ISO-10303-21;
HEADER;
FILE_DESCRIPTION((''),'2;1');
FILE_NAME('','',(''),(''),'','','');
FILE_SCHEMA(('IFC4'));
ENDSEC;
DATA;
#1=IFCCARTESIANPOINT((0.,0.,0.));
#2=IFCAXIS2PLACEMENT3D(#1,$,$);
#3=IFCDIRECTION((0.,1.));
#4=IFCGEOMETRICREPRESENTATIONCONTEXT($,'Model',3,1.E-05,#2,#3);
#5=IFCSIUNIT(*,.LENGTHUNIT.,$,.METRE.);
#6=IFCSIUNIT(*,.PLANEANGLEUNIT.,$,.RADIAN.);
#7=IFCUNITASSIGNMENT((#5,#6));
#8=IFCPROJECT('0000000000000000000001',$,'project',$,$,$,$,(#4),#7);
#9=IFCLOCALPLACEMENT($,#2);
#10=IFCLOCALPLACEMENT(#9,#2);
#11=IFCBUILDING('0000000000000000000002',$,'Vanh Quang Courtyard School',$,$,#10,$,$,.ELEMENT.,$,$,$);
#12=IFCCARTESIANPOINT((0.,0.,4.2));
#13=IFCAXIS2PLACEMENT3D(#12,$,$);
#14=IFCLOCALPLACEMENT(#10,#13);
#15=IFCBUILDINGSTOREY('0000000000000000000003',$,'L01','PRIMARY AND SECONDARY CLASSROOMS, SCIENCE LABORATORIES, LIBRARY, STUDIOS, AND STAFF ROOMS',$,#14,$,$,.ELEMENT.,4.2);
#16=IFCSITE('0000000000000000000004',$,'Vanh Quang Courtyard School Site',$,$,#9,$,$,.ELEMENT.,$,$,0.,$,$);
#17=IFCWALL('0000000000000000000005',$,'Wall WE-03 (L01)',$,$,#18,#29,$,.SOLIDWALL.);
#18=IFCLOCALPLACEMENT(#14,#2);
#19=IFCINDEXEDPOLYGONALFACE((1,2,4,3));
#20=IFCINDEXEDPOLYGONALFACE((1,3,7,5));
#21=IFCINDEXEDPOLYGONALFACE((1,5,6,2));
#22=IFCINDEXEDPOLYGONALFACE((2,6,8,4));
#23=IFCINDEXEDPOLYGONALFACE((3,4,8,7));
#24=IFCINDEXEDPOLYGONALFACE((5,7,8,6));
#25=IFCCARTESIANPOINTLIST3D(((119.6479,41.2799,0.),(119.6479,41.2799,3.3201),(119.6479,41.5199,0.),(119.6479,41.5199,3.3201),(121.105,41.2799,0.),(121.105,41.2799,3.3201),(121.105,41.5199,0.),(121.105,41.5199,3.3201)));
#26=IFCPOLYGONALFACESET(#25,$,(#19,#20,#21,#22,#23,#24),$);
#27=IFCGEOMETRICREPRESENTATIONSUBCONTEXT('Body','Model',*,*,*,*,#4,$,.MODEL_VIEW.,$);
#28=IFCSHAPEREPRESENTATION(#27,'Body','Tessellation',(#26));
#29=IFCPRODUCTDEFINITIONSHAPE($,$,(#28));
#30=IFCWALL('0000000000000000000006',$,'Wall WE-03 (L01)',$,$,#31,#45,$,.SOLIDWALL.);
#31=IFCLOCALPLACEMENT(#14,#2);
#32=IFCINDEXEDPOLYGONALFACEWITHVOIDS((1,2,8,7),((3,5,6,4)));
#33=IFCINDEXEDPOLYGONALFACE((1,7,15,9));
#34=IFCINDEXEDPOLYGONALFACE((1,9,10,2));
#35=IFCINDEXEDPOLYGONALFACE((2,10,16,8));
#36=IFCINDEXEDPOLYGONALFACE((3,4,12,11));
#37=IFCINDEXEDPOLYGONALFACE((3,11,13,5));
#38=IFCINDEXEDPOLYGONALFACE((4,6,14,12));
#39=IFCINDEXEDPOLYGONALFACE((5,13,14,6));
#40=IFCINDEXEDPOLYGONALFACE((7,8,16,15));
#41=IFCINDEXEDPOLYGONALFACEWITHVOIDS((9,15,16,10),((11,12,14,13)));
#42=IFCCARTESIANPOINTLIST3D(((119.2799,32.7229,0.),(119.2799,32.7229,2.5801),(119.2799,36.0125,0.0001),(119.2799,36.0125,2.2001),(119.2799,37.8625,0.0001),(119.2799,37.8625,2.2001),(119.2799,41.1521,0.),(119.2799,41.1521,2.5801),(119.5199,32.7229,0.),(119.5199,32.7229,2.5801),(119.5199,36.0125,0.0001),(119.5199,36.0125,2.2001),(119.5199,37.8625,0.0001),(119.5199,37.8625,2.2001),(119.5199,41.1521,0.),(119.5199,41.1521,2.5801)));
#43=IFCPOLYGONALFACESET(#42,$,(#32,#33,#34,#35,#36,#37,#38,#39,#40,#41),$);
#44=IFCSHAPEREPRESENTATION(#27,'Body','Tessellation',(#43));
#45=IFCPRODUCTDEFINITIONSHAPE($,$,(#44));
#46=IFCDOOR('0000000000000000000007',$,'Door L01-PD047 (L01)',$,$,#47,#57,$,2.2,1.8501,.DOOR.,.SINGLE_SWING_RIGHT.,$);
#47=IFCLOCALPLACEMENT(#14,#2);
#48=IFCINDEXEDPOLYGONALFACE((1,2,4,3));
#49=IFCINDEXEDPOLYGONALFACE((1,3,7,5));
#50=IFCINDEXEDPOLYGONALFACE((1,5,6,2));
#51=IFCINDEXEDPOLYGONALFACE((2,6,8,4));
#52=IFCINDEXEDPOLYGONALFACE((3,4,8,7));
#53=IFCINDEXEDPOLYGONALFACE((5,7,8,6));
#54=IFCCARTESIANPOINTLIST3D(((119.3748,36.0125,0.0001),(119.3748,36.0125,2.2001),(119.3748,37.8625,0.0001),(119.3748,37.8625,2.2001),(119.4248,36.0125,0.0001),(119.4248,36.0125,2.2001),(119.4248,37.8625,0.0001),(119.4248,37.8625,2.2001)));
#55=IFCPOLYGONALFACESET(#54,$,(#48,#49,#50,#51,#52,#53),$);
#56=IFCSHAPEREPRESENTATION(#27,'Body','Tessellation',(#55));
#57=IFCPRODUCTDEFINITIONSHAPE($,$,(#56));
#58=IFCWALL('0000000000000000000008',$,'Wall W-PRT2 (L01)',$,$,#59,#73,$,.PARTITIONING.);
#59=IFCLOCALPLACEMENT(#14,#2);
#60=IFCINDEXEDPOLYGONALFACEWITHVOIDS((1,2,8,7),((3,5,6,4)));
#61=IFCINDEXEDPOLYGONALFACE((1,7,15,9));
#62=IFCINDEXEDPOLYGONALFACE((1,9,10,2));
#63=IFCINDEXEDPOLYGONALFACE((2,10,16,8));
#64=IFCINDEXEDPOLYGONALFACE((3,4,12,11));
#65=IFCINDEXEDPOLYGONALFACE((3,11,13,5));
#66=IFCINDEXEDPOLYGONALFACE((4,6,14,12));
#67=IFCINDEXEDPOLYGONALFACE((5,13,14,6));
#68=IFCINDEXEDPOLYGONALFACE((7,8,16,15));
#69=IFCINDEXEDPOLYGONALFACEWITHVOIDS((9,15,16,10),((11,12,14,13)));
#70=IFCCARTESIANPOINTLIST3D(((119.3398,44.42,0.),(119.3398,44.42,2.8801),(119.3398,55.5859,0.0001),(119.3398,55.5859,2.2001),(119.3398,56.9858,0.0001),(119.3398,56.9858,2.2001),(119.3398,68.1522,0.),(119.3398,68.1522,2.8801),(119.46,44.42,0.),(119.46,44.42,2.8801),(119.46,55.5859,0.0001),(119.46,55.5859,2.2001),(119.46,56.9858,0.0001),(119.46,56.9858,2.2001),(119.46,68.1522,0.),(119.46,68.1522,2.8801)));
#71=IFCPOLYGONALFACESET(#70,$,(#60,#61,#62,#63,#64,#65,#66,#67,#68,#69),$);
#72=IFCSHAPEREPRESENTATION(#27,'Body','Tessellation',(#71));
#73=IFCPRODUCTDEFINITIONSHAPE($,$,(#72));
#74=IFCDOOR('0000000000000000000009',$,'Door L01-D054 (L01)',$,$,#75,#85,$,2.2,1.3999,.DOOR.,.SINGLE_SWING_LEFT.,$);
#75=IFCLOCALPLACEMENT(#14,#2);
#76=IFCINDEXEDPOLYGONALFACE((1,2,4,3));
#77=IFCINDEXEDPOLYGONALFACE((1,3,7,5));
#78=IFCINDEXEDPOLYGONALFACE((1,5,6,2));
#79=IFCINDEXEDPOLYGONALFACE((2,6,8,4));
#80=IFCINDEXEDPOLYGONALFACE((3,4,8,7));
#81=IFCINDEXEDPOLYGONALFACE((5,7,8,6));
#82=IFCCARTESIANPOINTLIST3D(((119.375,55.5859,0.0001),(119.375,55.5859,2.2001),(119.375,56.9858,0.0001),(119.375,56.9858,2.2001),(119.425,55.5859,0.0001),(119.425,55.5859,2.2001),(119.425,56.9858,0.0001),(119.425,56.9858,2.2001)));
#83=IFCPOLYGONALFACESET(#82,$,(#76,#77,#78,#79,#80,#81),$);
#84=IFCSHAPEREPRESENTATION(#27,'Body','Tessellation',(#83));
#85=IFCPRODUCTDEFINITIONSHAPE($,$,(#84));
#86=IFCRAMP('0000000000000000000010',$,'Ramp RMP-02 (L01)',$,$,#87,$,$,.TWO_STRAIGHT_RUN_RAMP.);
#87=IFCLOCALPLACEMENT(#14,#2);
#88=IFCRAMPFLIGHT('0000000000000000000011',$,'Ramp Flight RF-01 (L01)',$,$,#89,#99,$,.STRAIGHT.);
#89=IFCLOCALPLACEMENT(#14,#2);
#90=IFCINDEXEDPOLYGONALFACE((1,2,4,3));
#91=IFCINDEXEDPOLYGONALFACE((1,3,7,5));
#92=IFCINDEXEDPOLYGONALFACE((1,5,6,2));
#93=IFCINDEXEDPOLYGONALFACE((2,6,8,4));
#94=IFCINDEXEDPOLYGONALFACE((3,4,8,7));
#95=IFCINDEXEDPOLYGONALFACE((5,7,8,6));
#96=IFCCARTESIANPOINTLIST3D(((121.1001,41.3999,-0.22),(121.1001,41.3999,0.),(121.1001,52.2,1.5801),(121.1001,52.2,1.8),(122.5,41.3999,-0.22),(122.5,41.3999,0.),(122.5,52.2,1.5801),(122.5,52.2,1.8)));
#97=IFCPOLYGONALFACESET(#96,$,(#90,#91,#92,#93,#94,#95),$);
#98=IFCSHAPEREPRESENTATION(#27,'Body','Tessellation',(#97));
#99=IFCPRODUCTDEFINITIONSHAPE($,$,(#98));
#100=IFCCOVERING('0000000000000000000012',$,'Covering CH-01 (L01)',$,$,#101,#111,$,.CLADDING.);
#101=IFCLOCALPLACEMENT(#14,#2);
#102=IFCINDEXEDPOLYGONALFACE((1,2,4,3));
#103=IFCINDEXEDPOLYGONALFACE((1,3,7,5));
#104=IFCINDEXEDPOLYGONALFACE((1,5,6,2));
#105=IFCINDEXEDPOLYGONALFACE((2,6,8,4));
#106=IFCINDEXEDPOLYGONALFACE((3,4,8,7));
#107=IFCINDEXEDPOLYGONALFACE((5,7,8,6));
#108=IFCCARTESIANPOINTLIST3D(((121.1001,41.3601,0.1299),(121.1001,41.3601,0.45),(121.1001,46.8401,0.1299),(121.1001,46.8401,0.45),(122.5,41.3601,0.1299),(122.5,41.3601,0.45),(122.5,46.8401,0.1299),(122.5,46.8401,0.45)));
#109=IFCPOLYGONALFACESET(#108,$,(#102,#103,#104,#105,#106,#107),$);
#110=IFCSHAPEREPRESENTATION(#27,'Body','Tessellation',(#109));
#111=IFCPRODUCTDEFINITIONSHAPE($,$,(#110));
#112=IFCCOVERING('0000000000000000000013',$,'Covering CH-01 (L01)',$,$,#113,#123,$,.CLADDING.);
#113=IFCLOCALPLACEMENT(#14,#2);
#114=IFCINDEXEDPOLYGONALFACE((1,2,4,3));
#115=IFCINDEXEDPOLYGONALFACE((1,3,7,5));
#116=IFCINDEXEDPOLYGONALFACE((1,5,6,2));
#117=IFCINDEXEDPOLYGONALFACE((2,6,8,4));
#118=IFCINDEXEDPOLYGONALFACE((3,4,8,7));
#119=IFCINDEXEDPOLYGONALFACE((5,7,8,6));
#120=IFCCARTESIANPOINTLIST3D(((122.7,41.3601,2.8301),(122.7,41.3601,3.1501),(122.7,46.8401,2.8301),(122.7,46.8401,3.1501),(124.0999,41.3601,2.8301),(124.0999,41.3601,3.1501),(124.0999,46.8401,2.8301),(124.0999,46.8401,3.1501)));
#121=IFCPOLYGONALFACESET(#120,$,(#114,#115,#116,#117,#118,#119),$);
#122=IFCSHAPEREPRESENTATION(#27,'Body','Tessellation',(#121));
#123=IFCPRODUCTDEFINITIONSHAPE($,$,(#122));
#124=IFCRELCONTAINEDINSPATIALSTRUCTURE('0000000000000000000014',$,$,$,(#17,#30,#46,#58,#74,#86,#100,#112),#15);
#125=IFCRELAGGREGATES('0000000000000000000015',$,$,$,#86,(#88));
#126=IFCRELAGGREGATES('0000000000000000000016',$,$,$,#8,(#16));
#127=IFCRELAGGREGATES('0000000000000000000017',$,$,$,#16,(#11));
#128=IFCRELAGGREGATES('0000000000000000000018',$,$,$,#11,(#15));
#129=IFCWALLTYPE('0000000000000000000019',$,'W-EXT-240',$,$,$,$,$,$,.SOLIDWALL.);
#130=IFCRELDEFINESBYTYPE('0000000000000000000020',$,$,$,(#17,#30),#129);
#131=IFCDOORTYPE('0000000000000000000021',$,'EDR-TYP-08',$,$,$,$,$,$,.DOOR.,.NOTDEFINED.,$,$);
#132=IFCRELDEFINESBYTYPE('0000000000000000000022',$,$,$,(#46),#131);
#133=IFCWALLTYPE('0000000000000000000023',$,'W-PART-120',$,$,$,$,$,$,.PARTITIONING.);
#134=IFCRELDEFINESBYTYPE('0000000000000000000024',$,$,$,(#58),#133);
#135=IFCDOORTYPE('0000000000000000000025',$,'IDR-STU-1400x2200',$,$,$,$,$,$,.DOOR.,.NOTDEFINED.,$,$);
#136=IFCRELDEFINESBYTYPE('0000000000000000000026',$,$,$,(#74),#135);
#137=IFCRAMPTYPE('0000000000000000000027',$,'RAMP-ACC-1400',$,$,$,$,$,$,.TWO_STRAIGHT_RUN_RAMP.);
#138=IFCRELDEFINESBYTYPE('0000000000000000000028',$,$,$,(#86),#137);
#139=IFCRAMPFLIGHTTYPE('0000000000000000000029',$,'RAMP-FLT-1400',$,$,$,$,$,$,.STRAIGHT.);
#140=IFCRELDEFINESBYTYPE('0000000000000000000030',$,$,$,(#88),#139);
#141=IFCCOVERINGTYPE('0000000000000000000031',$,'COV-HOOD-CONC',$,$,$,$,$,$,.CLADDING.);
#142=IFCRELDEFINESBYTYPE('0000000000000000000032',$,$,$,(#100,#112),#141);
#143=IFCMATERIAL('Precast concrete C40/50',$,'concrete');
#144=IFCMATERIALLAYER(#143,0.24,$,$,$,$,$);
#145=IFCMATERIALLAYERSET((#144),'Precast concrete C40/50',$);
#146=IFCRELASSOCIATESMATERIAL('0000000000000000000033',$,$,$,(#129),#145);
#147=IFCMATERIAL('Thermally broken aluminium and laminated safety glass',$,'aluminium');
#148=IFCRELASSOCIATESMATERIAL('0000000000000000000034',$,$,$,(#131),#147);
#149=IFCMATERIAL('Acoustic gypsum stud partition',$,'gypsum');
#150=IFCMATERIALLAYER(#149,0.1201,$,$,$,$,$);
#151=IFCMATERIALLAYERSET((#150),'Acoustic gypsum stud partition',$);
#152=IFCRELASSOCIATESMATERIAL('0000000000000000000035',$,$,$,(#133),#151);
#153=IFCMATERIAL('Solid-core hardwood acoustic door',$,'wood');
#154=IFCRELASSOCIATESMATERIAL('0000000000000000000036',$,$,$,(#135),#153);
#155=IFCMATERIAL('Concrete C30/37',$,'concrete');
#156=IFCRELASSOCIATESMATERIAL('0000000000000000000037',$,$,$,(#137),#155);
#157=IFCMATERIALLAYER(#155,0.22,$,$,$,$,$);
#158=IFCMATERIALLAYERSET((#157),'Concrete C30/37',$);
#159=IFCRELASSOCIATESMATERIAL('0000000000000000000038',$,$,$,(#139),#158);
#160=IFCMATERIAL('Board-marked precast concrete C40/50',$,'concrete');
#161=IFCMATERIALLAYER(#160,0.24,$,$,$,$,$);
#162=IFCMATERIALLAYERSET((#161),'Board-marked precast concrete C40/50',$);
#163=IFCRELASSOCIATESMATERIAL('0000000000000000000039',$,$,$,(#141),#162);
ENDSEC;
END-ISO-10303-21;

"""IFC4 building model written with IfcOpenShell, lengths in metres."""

from ifc_helpers import new_model, si_unit, direction, frame, frame_2d, origin, origin_2d, place, context, subcontext, project, spatial, polyline, rectangle, outline, extrude, material, layer, layer_set, type_object, element, fill, aggregate, save


model = new_model("IFC4")

# Units and contexts
model_context = context("Model", 3, precision=1e-05, world=origin(), true_north=direction((0.0, 1.0)))
body_context = subcontext(model_context, "Body", "Model", "MODEL_VIEW")
ifc_project = project(units=[si_unit("LENGTHUNIT", "METRE"), si_unit("PLANEANGLEUNIT", "RADIAN")], contexts=[model_context])

# Site, building, storey
site_placement = place(None, origin())
site = spatial("IfcSite", under=ifc_project, at=site_placement, Name="Vanh Quang Courtyard School Site", CompositionType="ELEMENT", RefElevation=0.0)
building_placement = place(site_placement, origin())
building = spatial("IfcBuilding", under=site, at=building_placement, Name="Vanh Quang Courtyard School", CompositionType="ELEMENT")
storey_placement = place(building_placement, frame((0.0, 0.0, 4.2)))
storey = spatial("IfcBuildingStorey", under=building, at=storey_placement, Name="L01", Description="PRIMARY AND SECONDARY CLASSROOMS, SCIENCE LABORATORIES, LIBRARY, STUDIOS, AND STAFF ROOMS", CompositionType="ELEMENT", Elevation=4.2)

# Wall
ifc_material_1 = material(Name="Precast concrete C40/50", Category="concrete")
ifc_layer_1 = layer(ifc_material_1, 0.24)
ifc_layer_set_1 = layer_set([ifc_layer_1], Name="Precast concrete C40/50")
wall_type_1 = type_object("IfcWallType", Name="W-EXT-240", PredefinedType="SOLIDWALL", material=ifc_layer_set_1)
wall_1_placement = place(storey_placement, frame((121.105, 41.3999, 0.0), z_axis=(0.0, 0.0, 1.0), x_axis=(-1.0, 0.0, 0.0)))
element("IfcWall", 1, at=wall_1_placement, inside=storey, type_object=wall_type_1, Name="Wall WE-03 (L01)", PredefinedType="SOLIDWALL", context=body_context, shape_type="SweptSolid", body=[
    extrude(rectangle(XDim=1.457, YDim=0.24, at=frame_2d((0.7285, 0.0))), origin(), (0.0, 0.0, 1.0), 3.3201),
])

# Walls, openings, doors
wall_2_placement = place(storey_placement, frame((119.3999, 41.1521, 0.0), z_axis=(0.0, 0.0, 1.0), x_axis=(0.0, -1.0, 0.0)))
wall_2 = element("IfcWall", 2, at=wall_2_placement, inside=storey, type_object=wall_type_1, Name="Wall WE-03 (L01)", PredefinedType="SOLIDWALL", context=body_context, shape_type="SweptSolid", body=[
    extrude(rectangle(XDim=8.4292, YDim=0.24, at=frame_2d((4.2146, 0.0))), origin(), (0.0, 0.0, 1.0), 2.5801),
])
opening_1_placement = place(wall_2_placement, frame((3.2896, 0.0, 0.0)))
opening_1 = element("IfcOpeningElement", 3, at=opening_1_placement, cuts=wall_2, PredefinedType="OPENING", context=body_context, shape_type="SweptSolid", body=[
    extrude(rectangle(XDim=1.8501, YDim=2.2, at=frame_2d((0.925, 1.1001))), frame((0.0, 0.1299, 0.0), z_axis=(0.0, -1.0, 0.0), x_axis=(1.0, 0.0, 0.0)), (0.0, 0.0, 1.0), 0.26),
])
ifc_material_2 = material(Name="Thermally broken aluminium and laminated safety glass", Category="aluminium")
door_type_1 = type_object("IfcDoorType", Name="EDR-TYP-08", OperationType="NOTDEFINED", PredefinedType="DOOR", material=ifc_material_2)
door_1_placement = place(opening_1_placement, origin())
door_1 = element("IfcDoor", 4, at=door_1_placement, inside=storey, type_object=door_type_1, Name="Door L01-PD047 (L01)", OperationType="SINGLE_SWING_RIGHT", OverallHeight=2.2, OverallWidth=1.8501, PredefinedType="DOOR", context=body_context, shape_type="SweptSolid", body=[
    extrude(rectangle(XDim=1.8501, YDim=2.2, at=frame_2d((0.925, 1.1001))), frame((0.0, 0.0249, 0.0), z_axis=(0.0, -1.0, 0.0), x_axis=(1.0, 0.0, 0.0)), (0.0, 0.0, 1.0), 0.05),
])
fill(opening_1, door_1)
ifc_material_3 = material(Name="Acoustic gypsum stud partition", Category="gypsum")
ifc_layer_2 = layer(ifc_material_3, 0.1201)
ifc_layer_set_2 = layer_set([ifc_layer_2], Name="Acoustic gypsum stud partition")
wall_type_2 = type_object("IfcWallType", Name="W-PART-120", PredefinedType="PARTITIONING", material=ifc_layer_set_2)
wall_3_placement = place(storey_placement, frame((119.3999, 44.4199, 0.0), z_axis=(0.0, 0.0, 1.0), x_axis=(0.0, 1.0, 0.0)))
wall_3 = element("IfcWall", 5, at=wall_3_placement, inside=storey, type_object=wall_type_2, Name="Wall W-PRT2 (L01)", PredefinedType="PARTITIONING", context=body_context, shape_type="SweptSolid", body=[
    extrude(rectangle(XDim=23.7322, YDim=0.1201, at=frame_2d((11.8662, 0.0))), origin(), (0.0, 0.0, 1.0), 2.8801),
])
opening_2_placement = place(wall_3_placement, frame((11.166, 0.0, 0.0)))
opening_2 = element("IfcOpeningElement", 6, at=opening_2_placement, cuts=wall_3, PredefinedType="OPENING", context=body_context, shape_type="SweptSolid", body=[
    extrude(rectangle(XDim=1.3999, YDim=2.2, at=frame_2d((0.7, 1.1001))), frame((0.0, 0.0701, 0.0), z_axis=(0.0, -1.0, 0.0), x_axis=(1.0, 0.0, 0.0)), (0.0, 0.0, 1.0), 0.1401),
])
ifc_material_4 = material(Name="Solid-core hardwood acoustic door", Category="wood")
door_type_2 = type_object("IfcDoorType", Name="IDR-STU-1400x2200", OperationType="NOTDEFINED", PredefinedType="DOOR", material=ifc_material_4)
door_2_placement = place(opening_2_placement, origin())
door_2 = element("IfcDoor", 7, at=door_2_placement, inside=storey, type_object=door_type_2, Name="Door L01-D054 (L01)", OperationType="SINGLE_SWING_LEFT", OverallHeight=2.2, OverallWidth=1.3999, PredefinedType="DOOR", context=body_context, shape_type="SweptSolid", body=[
    extrude(rectangle(XDim=1.3999, YDim=2.2, at=frame_2d((0.7, 1.1001))), frame((0.0, 0.0249, 0.0), z_axis=(0.0, -1.0, 0.0), x_axis=(1.0, 0.0, 0.0)), (0.0, 0.0, 1.0), 0.05),
])
fill(opening_2, door_2)

# Ramp, ramp flight
ifc_material_5 = material(Name="Concrete C30/37", Category="concrete")
ramp_type = type_object("IfcRampType", Name="RAMP-ACC-1400", PredefinedType="TWO_STRAIGHT_RUN_RAMP", material=ifc_material_5)
ramp_placement = place(storey_placement, origin())
ramp = element("IfcRamp", 8, at=ramp_placement, inside=storey, type_object=ramp_type, Name="Ramp RMP-02 (L01)", PredefinedType="TWO_STRAIGHT_RUN_RAMP")
ifc_layer_3 = layer(ifc_material_5, 0.22)
ifc_layer_set_3 = layer_set([ifc_layer_3], Name="Concrete C30/37")
ramp_flight_type = type_object("IfcRampFlightType", Name="RAMP-FLT-1400", PredefinedType="STRAIGHT", material=ifc_layer_set_3)
ramp_flight_placement = place(storey_placement, frame((121.8, 41.3999, 0.0), z_axis=(0.0, 0.0, 1.0), x_axis=(0.0, 1.0, 0.0)))
ramp_flight = element("IfcRampFlight", 9, at=ramp_flight_placement, type_object=ramp_flight_type, Name="Ramp Flight RF-01 (L01)", PredefinedType="STRAIGHT", context=body_context, shape_type="SweptSolid", body=[
    extrude(outline(polyline([(0.0, 0.0), (10.8, 1.8), (10.8, 1.5801), (0.0, -0.22), (0.0, 0.0)])), frame((0.0, 0.7, 0.0), z_axis=(0.0, -1.0, 0.0), x_axis=(1.0, 0.0, 0.0)), (0.0, 0.0, 1.0), 1.3999),
])
aggregate(ramp, [ramp_flight])

# Coverings
ifc_material_6 = material(Name="Board-marked precast concrete C40/50", Category="concrete")
ifc_layer_4 = layer(ifc_material_6, 0.24)
ifc_layer_set_4 = layer_set([ifc_layer_4], Name="Board-marked precast concrete C40/50")
covering_type = type_object("IfcCoveringType", Name="COV-HOOD-CONC", PredefinedType="CLADDING", material=ifc_layer_set_4)
for number, where, z_axis, x_axis, name in (
    (10, (121.8, 44.1001, 0.1299), (0.0, 0.0, 1.0), (1.0, 0.0, 0.0), "Covering CH-01 (L01)"),
    (11, (123.3999, 44.1001, 2.8301), (0.0, 0.0, 1.0), (1.0, 0.0, 0.0), "Covering CH-01 (L01)"),
):
    element("IfcCovering", number, at=place(storey_placement, frame(where, z_axis=z_axis, x_axis=x_axis)), inside=storey, type_object=covering_type, Name=name, PredefinedType="CLADDING", context=body_context, shape_type="SweptSolid", body=[
        extrude(rectangle(XDim=1.3999, YDim=5.48, at=origin_2d()), origin(), (0.0, 0.0, 1.0), 0.3201),
    ])

save(model, "model.ifc")
